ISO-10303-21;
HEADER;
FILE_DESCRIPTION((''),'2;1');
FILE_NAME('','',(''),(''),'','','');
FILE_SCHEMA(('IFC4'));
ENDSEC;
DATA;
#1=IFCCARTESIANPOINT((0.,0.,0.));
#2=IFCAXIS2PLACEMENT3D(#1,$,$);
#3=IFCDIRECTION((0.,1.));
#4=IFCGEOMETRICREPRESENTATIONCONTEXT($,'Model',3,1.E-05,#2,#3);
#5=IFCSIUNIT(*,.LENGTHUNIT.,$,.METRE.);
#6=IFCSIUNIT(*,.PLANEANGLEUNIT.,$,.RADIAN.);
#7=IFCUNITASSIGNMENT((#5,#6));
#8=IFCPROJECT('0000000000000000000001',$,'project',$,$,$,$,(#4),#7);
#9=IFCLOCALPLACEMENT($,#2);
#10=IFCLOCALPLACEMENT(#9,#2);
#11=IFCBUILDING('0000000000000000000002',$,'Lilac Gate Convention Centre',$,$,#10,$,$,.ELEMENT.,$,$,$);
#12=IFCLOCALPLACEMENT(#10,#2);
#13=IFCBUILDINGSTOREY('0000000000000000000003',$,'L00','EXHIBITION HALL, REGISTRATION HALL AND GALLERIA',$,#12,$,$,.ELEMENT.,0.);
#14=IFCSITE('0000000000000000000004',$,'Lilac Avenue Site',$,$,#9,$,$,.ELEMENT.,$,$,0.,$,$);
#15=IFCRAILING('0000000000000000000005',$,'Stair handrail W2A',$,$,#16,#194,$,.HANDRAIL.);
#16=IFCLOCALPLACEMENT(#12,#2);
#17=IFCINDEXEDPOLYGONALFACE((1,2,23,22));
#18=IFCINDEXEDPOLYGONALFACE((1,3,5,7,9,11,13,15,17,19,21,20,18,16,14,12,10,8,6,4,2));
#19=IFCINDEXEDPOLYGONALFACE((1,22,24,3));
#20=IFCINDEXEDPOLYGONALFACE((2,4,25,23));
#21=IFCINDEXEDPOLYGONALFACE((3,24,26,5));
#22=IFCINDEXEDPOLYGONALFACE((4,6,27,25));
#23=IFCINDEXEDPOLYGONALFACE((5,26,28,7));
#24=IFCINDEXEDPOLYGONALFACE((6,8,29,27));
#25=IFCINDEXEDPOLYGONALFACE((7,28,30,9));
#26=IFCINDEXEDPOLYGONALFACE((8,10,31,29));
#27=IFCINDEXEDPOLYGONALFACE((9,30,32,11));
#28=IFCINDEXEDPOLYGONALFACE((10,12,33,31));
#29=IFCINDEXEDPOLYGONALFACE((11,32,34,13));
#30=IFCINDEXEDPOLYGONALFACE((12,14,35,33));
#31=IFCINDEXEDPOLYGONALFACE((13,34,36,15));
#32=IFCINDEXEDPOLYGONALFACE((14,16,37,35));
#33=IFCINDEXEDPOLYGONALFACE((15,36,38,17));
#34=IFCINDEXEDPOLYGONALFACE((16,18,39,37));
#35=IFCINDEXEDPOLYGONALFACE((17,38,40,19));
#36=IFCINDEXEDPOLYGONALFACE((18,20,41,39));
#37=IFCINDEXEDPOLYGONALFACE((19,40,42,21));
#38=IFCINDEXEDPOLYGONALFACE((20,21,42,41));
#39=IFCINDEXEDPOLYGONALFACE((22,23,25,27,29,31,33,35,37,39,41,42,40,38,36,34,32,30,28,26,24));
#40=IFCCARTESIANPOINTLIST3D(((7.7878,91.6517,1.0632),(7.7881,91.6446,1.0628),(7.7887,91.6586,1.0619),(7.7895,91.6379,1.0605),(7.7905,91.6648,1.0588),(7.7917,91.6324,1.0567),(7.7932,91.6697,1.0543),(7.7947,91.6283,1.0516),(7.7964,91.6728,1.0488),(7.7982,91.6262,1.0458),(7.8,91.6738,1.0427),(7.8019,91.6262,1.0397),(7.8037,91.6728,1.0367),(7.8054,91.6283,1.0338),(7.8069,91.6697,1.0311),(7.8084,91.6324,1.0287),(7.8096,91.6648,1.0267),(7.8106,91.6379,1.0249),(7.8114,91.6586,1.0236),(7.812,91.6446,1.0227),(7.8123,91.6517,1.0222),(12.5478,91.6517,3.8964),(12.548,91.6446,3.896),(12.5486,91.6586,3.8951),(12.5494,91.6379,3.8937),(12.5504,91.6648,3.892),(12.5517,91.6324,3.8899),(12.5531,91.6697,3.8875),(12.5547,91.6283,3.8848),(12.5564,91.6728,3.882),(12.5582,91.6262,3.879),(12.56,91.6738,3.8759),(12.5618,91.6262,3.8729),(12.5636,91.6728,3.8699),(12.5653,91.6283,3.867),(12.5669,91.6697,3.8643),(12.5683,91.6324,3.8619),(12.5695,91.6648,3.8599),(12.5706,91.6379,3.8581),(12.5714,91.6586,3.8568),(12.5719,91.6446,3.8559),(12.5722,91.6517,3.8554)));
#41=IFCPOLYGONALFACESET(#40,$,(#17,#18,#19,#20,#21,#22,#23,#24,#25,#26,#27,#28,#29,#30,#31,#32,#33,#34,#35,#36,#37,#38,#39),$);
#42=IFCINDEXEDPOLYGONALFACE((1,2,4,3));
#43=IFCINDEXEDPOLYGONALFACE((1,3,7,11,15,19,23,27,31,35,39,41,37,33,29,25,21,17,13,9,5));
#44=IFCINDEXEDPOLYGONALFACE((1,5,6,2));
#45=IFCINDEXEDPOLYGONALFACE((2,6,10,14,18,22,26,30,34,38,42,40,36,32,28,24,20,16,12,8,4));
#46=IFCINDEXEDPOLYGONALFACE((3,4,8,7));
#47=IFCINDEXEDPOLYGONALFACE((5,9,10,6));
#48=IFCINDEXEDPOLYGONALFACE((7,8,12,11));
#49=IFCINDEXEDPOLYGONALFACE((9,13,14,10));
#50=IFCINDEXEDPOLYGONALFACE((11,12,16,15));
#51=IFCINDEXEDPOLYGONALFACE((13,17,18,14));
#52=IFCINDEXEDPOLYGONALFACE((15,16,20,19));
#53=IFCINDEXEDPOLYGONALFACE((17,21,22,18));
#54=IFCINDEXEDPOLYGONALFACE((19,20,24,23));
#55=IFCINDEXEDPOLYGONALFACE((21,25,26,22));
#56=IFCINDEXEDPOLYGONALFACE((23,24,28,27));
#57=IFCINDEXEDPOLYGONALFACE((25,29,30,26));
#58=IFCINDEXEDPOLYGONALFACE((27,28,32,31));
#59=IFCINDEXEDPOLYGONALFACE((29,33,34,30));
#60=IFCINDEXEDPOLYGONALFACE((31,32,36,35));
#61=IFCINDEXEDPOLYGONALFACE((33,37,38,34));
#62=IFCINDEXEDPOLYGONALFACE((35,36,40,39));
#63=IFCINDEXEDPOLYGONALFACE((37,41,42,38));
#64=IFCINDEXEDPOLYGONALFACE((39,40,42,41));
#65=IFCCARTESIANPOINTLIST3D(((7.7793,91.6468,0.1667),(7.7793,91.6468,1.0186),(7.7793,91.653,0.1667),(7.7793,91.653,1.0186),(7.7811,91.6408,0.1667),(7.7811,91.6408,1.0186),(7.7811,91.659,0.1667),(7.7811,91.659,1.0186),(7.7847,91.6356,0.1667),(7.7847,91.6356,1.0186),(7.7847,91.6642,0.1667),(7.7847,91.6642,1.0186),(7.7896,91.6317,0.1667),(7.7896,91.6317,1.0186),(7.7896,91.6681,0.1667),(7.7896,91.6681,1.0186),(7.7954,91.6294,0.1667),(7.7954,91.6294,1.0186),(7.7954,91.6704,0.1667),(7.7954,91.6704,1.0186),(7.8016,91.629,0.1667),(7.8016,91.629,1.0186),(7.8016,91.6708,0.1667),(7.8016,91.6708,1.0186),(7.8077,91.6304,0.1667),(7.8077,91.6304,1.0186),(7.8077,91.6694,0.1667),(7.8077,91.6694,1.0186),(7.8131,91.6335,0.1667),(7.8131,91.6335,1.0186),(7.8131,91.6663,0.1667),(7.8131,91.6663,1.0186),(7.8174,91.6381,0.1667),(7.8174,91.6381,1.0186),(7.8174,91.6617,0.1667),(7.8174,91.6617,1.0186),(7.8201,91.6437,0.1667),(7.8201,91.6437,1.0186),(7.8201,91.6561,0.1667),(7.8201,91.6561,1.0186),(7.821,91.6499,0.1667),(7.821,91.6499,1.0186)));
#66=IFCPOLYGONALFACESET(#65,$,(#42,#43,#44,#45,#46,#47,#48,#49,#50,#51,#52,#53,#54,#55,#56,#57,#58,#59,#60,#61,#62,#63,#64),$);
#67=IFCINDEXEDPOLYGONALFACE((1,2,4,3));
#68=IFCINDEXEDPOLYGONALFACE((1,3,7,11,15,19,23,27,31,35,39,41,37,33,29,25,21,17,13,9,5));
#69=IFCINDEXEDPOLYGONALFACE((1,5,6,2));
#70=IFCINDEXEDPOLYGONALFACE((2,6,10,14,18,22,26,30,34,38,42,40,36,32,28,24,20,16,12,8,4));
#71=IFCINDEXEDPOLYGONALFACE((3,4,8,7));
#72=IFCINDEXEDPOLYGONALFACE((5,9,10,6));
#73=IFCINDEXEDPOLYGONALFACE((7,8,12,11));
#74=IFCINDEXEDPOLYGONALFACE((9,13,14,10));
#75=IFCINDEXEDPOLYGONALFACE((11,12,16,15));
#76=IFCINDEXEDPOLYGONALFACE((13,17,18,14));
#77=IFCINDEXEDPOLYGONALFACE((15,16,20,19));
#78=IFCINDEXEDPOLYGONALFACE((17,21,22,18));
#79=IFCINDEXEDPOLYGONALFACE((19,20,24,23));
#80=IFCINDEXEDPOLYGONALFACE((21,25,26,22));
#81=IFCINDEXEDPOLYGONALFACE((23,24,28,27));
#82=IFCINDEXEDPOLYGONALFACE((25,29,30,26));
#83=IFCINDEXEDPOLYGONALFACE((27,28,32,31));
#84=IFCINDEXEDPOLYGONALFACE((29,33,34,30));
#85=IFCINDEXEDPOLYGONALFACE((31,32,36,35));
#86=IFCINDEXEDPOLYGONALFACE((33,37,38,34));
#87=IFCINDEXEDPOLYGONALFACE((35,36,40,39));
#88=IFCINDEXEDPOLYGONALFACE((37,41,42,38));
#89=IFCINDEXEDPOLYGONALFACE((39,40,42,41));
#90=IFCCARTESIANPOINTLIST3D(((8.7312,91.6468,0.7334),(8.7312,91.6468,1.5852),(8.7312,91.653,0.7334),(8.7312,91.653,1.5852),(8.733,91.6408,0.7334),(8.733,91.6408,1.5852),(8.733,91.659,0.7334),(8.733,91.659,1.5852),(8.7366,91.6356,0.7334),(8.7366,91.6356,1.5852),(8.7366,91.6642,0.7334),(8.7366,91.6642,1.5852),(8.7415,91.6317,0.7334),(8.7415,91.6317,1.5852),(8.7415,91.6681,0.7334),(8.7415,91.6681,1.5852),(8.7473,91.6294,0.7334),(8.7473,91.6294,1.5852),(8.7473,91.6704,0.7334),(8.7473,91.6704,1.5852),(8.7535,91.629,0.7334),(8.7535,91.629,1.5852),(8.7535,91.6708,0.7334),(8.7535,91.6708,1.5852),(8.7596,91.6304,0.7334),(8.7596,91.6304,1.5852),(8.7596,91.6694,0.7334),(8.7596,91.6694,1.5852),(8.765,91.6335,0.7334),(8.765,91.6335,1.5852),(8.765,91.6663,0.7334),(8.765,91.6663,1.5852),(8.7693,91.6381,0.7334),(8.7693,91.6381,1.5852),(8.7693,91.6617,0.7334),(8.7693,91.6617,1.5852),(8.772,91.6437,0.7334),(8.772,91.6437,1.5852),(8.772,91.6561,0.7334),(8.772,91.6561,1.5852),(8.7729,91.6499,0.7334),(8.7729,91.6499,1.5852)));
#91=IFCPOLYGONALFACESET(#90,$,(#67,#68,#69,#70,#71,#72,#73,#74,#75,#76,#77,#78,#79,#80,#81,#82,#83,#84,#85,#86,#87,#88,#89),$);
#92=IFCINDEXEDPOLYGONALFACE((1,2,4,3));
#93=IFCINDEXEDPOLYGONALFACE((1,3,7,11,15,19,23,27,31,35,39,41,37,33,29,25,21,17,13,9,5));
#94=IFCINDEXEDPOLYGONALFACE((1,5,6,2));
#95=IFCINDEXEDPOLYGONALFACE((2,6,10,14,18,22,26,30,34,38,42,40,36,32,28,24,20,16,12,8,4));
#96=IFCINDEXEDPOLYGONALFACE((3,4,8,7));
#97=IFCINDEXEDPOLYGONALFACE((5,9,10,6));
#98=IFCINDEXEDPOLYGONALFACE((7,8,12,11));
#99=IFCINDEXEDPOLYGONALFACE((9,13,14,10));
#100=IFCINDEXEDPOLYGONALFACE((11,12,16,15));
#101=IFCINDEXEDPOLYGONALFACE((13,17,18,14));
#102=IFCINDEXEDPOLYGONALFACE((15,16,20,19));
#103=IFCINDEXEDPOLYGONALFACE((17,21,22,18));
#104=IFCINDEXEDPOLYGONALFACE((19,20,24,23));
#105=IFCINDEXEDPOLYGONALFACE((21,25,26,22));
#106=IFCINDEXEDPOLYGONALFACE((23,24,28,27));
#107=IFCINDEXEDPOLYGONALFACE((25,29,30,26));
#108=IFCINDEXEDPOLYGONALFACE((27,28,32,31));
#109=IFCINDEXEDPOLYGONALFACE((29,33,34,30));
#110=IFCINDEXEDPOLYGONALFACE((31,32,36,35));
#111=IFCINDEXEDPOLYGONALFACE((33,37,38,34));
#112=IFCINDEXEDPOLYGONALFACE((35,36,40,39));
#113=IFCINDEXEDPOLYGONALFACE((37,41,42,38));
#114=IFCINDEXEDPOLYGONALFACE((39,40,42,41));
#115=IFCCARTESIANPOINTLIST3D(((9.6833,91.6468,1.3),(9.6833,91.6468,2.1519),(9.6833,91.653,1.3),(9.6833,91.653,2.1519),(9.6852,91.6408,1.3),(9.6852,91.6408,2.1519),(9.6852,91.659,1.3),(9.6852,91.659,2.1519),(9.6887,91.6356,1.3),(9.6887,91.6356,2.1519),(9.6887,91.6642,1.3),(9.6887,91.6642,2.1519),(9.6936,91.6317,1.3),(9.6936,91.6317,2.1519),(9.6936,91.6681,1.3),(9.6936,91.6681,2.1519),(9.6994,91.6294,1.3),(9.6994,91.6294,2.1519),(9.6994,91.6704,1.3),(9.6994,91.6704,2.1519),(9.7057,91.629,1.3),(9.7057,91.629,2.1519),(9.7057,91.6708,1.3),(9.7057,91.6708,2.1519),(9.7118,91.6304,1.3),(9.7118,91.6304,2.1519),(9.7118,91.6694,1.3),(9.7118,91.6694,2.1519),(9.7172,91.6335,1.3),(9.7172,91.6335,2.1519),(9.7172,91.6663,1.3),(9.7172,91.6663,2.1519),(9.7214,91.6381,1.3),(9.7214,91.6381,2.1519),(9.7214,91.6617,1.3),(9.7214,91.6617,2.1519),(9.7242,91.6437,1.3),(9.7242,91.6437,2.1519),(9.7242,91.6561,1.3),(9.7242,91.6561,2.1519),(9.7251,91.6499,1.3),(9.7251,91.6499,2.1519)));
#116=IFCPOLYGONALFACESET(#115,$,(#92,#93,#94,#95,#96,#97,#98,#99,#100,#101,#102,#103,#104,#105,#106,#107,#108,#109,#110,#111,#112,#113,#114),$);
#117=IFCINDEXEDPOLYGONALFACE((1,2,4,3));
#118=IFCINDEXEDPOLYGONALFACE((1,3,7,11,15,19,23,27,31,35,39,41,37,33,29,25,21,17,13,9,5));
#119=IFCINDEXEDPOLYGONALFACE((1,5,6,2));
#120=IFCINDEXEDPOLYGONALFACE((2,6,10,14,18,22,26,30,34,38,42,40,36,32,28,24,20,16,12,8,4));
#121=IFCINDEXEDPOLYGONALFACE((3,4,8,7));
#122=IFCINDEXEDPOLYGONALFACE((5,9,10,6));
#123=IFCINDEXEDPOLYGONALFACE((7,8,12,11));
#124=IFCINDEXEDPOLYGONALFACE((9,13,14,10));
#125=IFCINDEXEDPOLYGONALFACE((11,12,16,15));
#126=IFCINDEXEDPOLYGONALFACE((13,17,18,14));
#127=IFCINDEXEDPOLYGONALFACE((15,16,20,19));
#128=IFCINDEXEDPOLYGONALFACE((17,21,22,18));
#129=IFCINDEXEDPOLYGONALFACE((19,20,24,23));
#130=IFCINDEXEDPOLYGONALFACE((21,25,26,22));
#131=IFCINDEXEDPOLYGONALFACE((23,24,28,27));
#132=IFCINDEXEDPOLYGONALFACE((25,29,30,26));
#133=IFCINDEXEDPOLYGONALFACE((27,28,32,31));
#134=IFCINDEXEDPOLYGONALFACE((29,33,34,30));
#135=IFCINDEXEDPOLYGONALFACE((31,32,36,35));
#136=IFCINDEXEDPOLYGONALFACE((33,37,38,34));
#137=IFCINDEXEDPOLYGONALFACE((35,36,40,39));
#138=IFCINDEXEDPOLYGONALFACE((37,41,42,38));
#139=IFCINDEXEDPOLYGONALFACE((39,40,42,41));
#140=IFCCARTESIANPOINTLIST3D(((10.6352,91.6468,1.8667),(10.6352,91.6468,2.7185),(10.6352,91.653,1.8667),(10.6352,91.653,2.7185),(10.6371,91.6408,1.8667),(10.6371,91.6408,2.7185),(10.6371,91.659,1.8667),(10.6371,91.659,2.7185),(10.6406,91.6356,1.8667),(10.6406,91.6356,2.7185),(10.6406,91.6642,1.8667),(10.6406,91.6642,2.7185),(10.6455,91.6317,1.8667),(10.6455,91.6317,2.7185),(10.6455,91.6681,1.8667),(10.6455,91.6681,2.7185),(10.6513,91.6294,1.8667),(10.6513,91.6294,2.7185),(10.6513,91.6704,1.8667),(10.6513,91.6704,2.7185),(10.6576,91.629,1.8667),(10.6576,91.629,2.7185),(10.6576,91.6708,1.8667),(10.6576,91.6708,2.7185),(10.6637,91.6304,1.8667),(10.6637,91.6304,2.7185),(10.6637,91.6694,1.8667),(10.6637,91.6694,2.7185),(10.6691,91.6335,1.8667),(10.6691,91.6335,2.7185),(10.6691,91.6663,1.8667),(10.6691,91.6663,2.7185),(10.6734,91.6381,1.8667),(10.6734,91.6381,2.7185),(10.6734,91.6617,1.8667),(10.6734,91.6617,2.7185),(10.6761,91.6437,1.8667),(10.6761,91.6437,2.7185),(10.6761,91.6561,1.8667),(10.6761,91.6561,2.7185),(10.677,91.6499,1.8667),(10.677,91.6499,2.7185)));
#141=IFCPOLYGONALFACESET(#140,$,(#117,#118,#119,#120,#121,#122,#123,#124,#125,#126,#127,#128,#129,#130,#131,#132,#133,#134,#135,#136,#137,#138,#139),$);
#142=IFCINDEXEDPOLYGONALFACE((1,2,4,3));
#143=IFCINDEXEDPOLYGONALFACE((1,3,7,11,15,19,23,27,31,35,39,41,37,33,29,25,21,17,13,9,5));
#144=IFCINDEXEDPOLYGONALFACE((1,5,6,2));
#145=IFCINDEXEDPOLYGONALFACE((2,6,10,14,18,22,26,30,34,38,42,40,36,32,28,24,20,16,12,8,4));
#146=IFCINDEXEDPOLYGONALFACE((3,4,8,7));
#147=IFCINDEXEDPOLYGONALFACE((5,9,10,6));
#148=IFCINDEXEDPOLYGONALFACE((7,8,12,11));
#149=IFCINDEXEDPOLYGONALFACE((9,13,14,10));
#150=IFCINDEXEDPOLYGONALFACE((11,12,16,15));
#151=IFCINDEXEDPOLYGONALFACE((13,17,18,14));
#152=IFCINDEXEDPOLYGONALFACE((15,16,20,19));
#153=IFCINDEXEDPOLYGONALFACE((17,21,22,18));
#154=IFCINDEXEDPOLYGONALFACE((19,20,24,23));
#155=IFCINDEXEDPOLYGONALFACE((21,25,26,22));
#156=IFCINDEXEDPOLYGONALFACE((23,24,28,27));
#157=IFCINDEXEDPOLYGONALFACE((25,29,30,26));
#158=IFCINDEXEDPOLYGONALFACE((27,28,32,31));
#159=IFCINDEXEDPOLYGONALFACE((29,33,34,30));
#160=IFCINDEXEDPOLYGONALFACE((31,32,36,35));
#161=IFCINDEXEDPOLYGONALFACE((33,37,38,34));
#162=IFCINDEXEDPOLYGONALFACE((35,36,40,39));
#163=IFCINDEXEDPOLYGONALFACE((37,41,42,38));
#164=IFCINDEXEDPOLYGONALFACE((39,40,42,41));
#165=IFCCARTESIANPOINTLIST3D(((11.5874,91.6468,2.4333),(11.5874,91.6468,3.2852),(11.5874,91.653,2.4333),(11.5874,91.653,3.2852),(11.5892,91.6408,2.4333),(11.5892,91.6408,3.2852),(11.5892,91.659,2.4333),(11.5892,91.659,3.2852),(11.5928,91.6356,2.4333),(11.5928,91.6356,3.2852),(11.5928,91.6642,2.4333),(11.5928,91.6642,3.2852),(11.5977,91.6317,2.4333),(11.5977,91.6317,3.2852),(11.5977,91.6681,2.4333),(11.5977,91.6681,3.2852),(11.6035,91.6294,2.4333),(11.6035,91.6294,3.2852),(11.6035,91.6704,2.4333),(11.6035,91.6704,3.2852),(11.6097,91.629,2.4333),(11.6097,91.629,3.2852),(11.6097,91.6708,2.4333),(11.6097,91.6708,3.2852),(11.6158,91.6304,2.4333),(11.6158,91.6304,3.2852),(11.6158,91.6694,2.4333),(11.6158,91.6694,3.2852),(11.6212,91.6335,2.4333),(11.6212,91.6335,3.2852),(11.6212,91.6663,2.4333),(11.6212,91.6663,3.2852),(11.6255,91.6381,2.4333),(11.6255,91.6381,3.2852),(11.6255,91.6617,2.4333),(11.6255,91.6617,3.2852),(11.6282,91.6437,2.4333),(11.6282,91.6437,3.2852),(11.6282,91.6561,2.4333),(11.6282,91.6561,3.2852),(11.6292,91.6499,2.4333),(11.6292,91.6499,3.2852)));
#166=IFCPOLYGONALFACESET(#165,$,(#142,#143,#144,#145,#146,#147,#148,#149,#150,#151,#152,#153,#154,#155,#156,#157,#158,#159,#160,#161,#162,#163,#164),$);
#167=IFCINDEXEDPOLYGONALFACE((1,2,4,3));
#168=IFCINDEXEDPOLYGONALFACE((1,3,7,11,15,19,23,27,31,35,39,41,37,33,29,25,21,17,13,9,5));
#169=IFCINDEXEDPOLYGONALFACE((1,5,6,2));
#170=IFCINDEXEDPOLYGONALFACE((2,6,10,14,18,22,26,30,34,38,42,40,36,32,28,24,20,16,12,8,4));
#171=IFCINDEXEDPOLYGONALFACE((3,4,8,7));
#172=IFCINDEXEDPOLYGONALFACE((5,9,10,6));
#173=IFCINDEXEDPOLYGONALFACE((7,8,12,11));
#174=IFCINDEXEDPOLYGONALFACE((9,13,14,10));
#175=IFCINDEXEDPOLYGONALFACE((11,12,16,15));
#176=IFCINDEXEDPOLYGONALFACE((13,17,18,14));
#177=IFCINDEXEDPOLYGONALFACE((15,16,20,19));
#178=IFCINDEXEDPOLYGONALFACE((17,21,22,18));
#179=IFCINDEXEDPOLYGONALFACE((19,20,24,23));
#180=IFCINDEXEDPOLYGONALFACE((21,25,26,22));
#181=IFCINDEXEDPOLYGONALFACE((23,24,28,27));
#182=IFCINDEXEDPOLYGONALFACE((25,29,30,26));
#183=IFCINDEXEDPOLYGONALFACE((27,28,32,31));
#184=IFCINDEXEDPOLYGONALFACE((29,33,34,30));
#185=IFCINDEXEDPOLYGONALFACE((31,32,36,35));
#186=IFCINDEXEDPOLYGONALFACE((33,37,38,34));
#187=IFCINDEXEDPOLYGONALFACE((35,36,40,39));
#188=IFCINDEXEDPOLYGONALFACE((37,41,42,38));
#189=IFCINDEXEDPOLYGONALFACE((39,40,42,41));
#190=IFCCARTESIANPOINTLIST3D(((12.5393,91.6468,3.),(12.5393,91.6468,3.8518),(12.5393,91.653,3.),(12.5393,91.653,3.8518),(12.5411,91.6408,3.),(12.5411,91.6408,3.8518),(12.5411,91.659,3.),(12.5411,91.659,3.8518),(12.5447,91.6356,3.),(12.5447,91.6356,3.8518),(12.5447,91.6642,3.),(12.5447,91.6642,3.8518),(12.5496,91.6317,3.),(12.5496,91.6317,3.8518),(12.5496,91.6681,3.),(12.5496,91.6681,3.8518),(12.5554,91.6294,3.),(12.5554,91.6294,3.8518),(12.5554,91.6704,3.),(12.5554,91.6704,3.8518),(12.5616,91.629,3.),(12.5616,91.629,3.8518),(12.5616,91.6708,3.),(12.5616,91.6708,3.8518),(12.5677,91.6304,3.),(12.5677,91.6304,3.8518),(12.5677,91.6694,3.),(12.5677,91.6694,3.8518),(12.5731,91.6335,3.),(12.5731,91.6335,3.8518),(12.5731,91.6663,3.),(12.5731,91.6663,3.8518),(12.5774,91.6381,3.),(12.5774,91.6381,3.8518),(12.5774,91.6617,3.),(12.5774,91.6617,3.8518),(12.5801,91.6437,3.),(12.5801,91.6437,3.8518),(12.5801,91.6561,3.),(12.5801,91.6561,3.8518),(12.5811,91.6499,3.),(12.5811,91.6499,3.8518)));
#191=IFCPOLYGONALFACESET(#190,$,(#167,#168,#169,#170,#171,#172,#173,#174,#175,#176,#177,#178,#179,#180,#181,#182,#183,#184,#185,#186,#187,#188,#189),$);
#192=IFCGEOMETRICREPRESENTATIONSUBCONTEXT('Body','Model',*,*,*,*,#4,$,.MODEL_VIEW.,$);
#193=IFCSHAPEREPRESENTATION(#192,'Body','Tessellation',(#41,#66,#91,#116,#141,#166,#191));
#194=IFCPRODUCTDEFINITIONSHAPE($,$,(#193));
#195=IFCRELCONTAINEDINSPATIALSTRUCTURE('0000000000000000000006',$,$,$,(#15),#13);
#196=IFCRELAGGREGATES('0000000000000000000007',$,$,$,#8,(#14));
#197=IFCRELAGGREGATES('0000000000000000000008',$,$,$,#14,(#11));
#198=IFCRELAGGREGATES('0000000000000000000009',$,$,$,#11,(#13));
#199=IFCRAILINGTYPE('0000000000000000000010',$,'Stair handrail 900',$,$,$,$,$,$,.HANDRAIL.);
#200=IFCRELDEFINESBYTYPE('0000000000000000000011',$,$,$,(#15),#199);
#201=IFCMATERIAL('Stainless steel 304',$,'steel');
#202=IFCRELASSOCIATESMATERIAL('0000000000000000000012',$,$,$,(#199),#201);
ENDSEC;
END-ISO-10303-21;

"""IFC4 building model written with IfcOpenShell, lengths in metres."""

from ifc_helpers import new_model, si_unit, direction, frame, origin, origin_2d, place, context, subcontext, project, spatial, circle, extrude, material, type_object, element, save


model = new_model("IFC4")

# Units and contexts
model_context = context("Model", 3, precision=1e-05, world=origin(), true_north=direction((0.0, 1.0)))
body_context = subcontext(model_context, "Body", "Model", "MODEL_VIEW")
ifc_project = project(units=[si_unit("LENGTHUNIT", "METRE"), si_unit("PLANEANGLEUNIT", "RADIAN")], contexts=[model_context])

# Site, building, storey
site_placement = place(None, origin())
site = spatial("IfcSite", under=ifc_project, at=site_placement, Name="Lilac Avenue Site", CompositionType="ELEMENT", RefElevation=0.0)
building_placement = place(site_placement, origin())
building = spatial("IfcBuilding", under=site, at=building_placement, Name="Lilac Gate Convention Centre", CompositionType="ELEMENT")
storey_placement = place(building_placement, origin())
storey = spatial("IfcBuildingStorey", under=building, at=storey_placement, Name="L00", Description="EXHIBITION HALL, REGISTRATION HALL AND GALLERIA", CompositionType="ELEMENT", Elevation=0.0)

# Shared definitions
ifc_material_1 = material(Name="Stainless steel 304", Category="steel")

# Railing
railing_type = type_object("IfcRailingType", Name="Stair handrail 900", PredefinedType="HANDRAIL", material=ifc_material_1)
for number, where, name in (
    (1, (7.8, 91.6499, 0.1667), "Stair handrail W2A"),
):
    element("IfcRailing", number, at=place(storey_placement, frame(where)), inside=storey, type_object=railing_type, Name=name, PredefinedType="HANDRAIL", context=body_context, shape_type="SweptSolid", body=[
        extrude(circle(Radius=0.0239, at=origin_2d()), frame((0.0, 0.0, 0.876), z_axis=(0.8593, 0.0, 0.511472), x_axis=(0.0, 1.0, 0.0)), (0.0, 0.0, 1.0), 5.5393),
        extrude(circle(Radius=0.021, at=origin_2d()), origin(), (0.0, 0.0, 1.0), 0.8518),
        extrude(circle(Radius=0.021, at=origin_2d()), frame((0.9519, 0.0, 0.5667)), (0.0, 0.0, 1.0), 0.8518),
        extrude(circle(Radius=0.021, at=origin_2d()), frame((1.9041, 0.0, 1.1333)), (0.0, 0.0, 1.0), 0.8518),
        extrude(circle(Radius=0.021, at=origin_2d()), frame((2.856, 0.0, 1.7)), (0.0, 0.0, 1.0), 0.8518),
        extrude(circle(Radius=0.021, at=origin_2d()), frame((3.8081, 0.0, 2.2666)), (0.0, 0.0, 1.0), 0.8518),
        extrude(circle(Radius=0.021, at=origin_2d()), frame((4.76, 0.0, 2.8333)), (0.0, 0.0, 1.0), 0.8518),
    ])

save(model, "model.ifc")
